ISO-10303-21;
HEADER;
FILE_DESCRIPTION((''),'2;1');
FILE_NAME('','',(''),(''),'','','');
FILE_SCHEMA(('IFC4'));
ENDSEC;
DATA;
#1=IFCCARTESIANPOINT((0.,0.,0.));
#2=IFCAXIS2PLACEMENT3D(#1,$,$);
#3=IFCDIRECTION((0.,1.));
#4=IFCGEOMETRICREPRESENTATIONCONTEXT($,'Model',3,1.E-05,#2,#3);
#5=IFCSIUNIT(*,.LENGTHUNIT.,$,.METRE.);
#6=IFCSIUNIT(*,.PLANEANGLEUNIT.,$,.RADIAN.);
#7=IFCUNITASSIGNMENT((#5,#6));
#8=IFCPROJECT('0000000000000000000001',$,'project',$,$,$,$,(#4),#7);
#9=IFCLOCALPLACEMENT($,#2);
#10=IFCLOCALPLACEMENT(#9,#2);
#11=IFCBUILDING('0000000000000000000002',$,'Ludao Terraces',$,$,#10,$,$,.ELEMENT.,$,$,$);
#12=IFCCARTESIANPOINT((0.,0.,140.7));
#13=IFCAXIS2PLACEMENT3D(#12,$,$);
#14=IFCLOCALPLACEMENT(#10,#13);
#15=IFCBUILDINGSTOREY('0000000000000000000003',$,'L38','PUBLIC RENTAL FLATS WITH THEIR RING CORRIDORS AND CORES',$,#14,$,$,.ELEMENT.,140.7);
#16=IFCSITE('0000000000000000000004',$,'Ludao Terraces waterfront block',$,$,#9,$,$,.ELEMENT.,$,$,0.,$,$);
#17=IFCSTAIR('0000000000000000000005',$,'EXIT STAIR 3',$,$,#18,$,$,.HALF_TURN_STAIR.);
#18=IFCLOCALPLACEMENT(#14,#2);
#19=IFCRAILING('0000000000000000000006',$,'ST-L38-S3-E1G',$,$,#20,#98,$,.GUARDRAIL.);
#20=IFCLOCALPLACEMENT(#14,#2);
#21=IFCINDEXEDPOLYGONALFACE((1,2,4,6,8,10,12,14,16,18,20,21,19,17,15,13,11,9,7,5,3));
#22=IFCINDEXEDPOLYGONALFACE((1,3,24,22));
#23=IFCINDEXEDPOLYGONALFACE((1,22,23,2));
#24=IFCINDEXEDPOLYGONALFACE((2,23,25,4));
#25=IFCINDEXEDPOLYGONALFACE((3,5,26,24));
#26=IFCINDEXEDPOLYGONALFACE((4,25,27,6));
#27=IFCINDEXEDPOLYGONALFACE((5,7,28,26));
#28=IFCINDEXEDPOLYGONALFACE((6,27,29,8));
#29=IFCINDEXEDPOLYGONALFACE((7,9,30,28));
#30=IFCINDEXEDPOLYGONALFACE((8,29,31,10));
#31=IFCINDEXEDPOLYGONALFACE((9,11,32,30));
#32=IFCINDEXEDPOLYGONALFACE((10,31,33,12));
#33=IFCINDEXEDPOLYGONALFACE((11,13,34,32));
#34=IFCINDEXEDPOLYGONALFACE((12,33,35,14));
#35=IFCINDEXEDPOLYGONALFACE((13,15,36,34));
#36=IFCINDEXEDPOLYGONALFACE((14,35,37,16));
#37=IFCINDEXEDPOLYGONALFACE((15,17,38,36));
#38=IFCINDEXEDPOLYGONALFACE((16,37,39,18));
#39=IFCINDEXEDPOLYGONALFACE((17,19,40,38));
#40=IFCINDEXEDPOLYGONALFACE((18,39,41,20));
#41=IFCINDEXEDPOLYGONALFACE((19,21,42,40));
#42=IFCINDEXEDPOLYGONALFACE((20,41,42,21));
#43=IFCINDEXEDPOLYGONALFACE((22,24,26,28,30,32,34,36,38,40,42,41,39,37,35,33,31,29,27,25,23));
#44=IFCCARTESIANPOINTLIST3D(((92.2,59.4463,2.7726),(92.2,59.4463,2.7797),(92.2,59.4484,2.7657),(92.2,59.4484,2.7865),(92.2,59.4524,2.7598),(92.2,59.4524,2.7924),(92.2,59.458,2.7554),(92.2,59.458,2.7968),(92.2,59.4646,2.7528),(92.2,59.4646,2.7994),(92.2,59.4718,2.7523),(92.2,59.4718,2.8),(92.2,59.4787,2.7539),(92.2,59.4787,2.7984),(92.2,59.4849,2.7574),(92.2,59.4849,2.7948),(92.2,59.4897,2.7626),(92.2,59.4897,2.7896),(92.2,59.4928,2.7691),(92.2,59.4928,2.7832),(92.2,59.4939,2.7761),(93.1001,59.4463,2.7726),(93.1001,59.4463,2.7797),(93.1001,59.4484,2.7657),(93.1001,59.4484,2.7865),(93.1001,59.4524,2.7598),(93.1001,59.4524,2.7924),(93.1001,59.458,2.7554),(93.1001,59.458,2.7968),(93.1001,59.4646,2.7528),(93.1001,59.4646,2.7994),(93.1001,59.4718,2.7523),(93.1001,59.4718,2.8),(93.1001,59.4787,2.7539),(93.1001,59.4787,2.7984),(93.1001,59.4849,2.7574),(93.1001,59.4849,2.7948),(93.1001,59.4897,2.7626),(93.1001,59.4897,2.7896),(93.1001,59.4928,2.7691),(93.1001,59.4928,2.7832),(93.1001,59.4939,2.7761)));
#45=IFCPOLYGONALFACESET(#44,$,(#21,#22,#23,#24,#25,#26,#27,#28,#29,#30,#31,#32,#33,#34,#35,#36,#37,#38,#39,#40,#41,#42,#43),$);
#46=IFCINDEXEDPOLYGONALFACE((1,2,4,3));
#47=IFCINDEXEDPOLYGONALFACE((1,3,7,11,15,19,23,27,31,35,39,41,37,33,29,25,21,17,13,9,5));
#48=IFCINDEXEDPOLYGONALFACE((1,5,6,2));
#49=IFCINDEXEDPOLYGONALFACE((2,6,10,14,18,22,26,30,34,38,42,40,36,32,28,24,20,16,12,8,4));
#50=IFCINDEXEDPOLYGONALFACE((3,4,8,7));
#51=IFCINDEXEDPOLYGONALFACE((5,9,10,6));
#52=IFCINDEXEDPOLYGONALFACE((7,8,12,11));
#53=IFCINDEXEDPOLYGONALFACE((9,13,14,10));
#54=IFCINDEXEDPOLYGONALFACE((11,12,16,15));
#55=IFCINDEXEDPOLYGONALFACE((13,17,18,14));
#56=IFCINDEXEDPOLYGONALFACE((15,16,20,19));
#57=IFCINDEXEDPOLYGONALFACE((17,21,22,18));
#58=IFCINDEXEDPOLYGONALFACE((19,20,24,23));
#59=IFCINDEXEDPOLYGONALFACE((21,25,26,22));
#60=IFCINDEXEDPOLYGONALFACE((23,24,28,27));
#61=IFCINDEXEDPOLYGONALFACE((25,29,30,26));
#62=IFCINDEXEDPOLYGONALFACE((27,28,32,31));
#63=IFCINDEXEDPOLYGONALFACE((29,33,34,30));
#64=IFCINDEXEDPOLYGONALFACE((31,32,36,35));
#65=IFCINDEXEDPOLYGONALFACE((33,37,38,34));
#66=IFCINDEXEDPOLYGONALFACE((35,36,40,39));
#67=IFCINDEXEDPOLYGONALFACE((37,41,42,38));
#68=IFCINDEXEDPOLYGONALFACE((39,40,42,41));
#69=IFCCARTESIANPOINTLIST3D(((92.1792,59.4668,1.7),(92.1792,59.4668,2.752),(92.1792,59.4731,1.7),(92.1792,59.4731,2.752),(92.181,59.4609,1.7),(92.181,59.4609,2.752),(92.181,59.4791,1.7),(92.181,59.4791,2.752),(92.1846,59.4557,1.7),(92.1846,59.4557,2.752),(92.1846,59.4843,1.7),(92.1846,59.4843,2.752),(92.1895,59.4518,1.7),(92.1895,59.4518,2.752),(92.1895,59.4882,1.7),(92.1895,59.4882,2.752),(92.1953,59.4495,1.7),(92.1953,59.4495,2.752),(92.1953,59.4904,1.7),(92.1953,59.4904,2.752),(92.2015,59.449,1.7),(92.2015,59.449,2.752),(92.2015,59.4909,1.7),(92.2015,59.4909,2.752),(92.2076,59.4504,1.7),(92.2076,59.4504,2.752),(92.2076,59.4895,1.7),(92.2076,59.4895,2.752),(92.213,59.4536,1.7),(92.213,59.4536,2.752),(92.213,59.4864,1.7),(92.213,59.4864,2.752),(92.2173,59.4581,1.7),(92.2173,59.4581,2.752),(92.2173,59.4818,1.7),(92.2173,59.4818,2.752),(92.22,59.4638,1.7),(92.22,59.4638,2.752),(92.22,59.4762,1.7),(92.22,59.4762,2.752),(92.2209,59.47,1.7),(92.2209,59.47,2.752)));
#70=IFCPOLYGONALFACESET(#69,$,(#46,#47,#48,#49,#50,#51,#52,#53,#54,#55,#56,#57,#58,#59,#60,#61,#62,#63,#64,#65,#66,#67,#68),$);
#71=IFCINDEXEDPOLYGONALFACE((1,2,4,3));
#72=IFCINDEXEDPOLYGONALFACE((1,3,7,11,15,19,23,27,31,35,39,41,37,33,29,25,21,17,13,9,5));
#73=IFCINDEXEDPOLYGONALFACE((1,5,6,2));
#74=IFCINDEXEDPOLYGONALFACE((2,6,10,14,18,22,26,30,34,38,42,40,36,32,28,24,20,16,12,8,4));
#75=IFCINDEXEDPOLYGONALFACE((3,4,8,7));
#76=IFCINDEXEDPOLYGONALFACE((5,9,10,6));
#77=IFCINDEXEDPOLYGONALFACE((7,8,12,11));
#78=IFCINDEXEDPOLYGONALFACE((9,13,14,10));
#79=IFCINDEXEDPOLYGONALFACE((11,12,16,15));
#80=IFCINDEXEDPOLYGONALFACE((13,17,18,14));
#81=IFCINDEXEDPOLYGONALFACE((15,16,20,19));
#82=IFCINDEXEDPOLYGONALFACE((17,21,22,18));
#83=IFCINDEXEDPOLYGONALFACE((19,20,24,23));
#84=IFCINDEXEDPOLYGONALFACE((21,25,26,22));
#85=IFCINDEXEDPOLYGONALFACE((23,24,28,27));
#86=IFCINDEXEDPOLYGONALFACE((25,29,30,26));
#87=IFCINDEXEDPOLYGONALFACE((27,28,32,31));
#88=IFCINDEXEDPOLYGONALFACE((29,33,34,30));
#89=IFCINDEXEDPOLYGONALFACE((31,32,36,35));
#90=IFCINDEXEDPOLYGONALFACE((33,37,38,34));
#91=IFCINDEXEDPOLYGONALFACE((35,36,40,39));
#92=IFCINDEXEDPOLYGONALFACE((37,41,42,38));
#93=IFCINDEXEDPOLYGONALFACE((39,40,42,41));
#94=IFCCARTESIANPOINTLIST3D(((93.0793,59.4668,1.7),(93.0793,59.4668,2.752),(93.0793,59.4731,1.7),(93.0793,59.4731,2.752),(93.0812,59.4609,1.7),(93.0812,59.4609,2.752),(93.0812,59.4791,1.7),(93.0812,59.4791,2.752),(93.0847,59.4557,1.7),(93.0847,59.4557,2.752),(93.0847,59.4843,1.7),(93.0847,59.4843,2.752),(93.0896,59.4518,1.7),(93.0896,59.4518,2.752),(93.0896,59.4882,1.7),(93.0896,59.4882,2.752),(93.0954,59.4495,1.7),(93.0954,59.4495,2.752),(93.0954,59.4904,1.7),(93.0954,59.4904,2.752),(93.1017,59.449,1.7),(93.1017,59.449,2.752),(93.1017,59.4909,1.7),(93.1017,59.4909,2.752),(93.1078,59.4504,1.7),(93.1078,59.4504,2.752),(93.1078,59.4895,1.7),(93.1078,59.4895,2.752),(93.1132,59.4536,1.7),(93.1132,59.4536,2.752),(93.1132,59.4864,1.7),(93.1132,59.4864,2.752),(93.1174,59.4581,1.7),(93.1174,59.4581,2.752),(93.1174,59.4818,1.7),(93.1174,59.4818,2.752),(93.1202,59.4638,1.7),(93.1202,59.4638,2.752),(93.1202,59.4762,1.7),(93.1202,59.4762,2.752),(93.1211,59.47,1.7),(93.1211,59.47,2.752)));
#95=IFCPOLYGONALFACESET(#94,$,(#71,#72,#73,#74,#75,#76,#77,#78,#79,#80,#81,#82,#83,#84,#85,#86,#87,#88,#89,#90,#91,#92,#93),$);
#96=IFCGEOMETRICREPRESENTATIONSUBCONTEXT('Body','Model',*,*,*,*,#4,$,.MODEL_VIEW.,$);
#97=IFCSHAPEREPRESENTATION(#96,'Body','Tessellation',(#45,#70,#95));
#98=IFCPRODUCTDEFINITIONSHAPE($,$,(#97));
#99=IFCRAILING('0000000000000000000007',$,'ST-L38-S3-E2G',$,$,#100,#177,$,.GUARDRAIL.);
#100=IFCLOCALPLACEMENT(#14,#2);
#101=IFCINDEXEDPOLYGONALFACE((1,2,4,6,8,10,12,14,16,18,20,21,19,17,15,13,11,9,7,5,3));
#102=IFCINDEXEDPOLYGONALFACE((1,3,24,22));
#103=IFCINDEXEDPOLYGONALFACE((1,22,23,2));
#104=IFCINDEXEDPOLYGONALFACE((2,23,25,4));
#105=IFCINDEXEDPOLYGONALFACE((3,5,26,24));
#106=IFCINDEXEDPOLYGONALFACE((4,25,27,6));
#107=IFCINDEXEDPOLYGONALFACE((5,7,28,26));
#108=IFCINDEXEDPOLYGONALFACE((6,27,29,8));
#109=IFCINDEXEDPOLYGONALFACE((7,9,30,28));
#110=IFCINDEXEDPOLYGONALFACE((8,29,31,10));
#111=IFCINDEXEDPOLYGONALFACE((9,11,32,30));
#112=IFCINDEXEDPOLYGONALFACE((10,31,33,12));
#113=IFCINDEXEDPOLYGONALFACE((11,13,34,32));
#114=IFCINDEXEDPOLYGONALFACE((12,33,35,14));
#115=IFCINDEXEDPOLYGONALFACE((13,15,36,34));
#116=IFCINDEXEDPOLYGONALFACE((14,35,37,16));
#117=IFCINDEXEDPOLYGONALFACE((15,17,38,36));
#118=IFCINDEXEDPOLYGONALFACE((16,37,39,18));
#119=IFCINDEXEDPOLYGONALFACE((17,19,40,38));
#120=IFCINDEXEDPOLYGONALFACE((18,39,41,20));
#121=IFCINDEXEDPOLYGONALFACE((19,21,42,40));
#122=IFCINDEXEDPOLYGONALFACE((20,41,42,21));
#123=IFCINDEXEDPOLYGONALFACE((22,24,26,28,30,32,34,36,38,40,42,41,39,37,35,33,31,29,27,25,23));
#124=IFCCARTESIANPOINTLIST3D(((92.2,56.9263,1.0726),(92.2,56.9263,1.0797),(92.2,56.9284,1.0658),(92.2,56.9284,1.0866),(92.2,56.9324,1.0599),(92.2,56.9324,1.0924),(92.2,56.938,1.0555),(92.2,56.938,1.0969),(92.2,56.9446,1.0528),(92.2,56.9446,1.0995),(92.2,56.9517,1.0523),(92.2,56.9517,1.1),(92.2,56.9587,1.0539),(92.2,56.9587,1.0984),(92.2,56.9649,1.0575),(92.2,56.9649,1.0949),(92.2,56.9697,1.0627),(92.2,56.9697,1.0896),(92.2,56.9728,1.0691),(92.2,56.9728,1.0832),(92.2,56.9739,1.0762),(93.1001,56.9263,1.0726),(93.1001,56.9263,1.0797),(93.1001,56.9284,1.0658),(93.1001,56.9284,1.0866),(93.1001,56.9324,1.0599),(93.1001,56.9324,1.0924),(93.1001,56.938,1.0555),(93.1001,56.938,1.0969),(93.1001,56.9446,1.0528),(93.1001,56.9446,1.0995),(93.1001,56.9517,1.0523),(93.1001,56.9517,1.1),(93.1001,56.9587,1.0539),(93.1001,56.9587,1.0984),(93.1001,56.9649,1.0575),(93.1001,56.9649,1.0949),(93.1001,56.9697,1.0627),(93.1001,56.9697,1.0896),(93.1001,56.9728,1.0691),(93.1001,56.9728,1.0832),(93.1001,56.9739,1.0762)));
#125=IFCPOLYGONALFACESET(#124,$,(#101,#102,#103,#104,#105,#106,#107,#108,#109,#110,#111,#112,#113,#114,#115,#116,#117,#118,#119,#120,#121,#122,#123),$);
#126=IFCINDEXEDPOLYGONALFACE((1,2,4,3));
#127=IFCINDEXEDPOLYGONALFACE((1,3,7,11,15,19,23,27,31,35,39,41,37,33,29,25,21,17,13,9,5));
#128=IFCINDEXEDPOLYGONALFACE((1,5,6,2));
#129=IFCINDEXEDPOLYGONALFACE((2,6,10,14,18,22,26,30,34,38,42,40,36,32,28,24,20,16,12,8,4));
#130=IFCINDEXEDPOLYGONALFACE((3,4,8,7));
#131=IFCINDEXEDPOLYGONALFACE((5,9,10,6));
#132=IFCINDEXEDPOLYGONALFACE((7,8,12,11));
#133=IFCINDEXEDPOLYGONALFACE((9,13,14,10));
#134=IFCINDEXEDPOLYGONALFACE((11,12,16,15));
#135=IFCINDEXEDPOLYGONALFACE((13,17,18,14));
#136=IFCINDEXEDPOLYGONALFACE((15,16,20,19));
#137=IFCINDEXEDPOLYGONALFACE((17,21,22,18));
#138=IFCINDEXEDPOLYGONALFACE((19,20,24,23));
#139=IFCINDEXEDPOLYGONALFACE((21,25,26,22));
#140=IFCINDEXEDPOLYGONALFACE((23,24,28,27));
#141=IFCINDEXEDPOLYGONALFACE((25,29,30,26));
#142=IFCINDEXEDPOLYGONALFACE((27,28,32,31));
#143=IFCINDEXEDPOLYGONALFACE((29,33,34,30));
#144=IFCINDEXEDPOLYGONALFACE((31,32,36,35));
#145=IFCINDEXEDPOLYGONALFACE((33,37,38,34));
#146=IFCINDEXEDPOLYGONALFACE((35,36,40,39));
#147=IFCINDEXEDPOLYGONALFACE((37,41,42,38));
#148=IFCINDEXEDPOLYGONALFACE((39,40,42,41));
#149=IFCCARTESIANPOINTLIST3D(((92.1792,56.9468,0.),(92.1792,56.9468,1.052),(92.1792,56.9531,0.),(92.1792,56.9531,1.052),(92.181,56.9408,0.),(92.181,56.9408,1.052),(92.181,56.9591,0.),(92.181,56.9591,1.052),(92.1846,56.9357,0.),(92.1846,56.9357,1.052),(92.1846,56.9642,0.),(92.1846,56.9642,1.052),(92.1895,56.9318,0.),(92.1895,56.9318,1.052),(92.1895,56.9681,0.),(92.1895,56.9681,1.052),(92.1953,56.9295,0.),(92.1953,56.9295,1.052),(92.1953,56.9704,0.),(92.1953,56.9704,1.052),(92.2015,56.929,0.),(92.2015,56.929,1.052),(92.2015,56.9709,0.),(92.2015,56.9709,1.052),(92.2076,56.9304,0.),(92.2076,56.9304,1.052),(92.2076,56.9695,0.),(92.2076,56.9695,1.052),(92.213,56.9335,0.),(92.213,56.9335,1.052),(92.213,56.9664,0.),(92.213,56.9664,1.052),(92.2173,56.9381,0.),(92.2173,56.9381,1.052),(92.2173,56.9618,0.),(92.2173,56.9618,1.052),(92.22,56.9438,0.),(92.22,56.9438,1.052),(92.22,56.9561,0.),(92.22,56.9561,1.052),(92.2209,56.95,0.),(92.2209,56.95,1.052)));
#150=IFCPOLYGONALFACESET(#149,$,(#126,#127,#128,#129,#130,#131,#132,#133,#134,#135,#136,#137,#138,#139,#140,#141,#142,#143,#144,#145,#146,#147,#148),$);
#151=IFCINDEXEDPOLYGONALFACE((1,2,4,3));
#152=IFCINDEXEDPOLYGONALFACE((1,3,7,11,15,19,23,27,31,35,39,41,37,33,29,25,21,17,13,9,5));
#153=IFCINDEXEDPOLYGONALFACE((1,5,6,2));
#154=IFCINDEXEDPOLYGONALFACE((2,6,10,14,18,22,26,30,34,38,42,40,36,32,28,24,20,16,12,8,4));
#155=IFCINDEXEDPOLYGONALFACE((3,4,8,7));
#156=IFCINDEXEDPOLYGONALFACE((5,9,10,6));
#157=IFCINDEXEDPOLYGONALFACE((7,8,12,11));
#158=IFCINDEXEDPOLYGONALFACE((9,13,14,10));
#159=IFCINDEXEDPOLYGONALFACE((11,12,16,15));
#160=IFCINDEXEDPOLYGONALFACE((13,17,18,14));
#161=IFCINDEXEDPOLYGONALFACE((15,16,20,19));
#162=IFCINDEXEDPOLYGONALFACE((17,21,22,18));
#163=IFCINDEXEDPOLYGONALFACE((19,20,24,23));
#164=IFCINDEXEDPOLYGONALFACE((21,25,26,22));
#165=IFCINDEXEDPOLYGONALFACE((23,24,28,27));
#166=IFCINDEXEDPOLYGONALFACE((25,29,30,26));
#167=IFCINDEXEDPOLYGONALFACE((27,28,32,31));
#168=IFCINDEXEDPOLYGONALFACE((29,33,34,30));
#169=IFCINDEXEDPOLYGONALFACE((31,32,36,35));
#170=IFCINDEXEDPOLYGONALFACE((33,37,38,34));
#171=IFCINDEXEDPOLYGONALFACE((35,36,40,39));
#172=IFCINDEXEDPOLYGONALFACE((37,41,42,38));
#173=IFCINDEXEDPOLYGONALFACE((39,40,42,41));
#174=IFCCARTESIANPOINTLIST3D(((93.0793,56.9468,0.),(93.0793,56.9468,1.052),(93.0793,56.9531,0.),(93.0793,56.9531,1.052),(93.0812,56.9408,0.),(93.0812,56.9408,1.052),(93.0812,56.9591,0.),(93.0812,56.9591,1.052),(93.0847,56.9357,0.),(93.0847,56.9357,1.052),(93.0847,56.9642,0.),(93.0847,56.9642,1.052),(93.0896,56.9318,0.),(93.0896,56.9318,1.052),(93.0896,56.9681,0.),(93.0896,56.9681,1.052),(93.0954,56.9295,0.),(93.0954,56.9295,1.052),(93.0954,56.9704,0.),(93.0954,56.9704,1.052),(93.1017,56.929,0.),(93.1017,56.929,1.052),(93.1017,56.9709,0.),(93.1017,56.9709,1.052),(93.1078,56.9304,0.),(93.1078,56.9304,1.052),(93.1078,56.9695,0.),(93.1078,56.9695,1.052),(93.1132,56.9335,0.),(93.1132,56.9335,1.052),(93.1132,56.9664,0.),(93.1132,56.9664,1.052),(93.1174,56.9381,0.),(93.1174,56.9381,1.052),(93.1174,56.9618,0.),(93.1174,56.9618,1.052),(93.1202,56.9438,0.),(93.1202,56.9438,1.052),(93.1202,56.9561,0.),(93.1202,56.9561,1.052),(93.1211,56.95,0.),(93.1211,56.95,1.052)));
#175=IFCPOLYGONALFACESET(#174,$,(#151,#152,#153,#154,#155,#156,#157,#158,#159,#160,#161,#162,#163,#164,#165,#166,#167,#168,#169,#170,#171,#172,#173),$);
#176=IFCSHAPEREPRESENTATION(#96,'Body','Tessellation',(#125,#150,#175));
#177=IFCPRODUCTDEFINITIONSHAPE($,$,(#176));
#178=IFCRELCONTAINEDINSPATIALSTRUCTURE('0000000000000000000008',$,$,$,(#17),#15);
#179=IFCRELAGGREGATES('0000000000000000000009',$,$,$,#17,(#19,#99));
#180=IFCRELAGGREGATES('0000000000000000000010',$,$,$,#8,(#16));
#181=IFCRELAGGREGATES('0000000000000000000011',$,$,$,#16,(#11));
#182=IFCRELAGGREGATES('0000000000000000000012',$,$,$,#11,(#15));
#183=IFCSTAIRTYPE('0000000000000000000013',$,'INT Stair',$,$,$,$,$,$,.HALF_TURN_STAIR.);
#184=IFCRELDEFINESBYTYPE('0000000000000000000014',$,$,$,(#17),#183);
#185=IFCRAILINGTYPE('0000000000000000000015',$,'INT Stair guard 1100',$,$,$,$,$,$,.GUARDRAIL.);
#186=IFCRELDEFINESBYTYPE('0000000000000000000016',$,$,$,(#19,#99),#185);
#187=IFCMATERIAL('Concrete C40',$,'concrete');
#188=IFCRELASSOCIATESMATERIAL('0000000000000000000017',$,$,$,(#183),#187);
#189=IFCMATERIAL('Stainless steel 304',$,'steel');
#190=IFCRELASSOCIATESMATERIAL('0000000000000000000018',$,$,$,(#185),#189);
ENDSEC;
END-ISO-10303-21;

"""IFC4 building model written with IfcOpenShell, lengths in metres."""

from ifc_helpers import new_model, si_unit, direction, frame, origin, origin_2d, place, context, subcontext, project, spatial, circle, extrude, material, type_object, element, aggregate, save


model = new_model("IFC4")

# Units and contexts
model_context = context("Model", 3, precision=1e-05, world=origin(), true_north=direction((0.0, 1.0)))
body_context = subcontext(model_context, "Body", "Model", "MODEL_VIEW")
ifc_project = project(units=[si_unit("LENGTHUNIT", "METRE"), si_unit("PLANEANGLEUNIT", "RADIAN")], contexts=[model_context])

# Site, building, storey
site_placement = place(None, origin())
site = spatial("IfcSite", under=ifc_project, at=site_placement, Name="Ludao Terraces waterfront block", CompositionType="ELEMENT", RefElevation=0.0)
building_placement = place(site_placement, origin())
building = spatial("IfcBuilding", under=site, at=building_placement, Name="Ludao Terraces", CompositionType="ELEMENT")
storey_placement = place(building_placement, frame((0.0, 0.0, 140.7)))
storey = spatial("IfcBuildingStorey", under=building, at=storey_placement, Name="L38", Description="PUBLIC RENTAL FLATS WITH THEIR RING CORRIDORS AND CORES", CompositionType="ELEMENT", Elevation=140.7)

# Shared definitions
ifc_material_1 = material(Name="Concrete C40", Category="concrete")

# Stair, railings
stair_type = type_object("IfcStairType", Name="INT Stair", PredefinedType="HALF_TURN_STAIR", material=ifc_material_1)
stair_placement = place(storey_placement, origin())
stair = element("IfcStair", 1, at=stair_placement, inside=storey, type_object=stair_type, Name="EXIT STAIR 3", PredefinedType="HALF_TURN_STAIR")
ifc_material_2 = material(Name="Stainless steel 304", Category="steel")
railing_type_1 = type_object("IfcRailingType", Name="INT Stair guard 1100", PredefinedType="GUARDRAIL", material=ifc_material_2)
railing_1_placement = place(storey_placement, frame((92.2, 59.47, 1.7)))
railing_1 = element("IfcRailing", 2, at=railing_1_placement, type_object=railing_type_1, Name="ST-L38-S3-E1G", PredefinedType="GUARDRAIL", context=body_context, shape_type="SweptSolid", body=[
    extrude(circle(Radius=0.0239, at=origin_2d()), frame((0.0, 0.0, 1.0762), z_axis=(1.0, 0.0, 0.0), x_axis=(0.0, 1.0, 0.0)), (0.0, 0.0, 1.0), 0.9001),
    extrude(circle(Radius=0.021, at=origin_2d()), origin(), (0.0, 0.0, 1.0), 1.052),
    extrude(circle(Radius=0.021, at=origin_2d()), frame((0.9001, 0.0, 0.0)), (0.0, 0.0, 1.0), 1.052),
])
railing_2_placement = place(storey_placement, frame((92.2, 56.95, 0.0)))
railing_2 = element("IfcRailing", 3, at=railing_2_placement, type_object=railing_type_1, Name="ST-L38-S3-E2G", PredefinedType="GUARDRAIL", context=body_context, shape_type="SweptSolid", body=[
    extrude(circle(Radius=0.0239, at=origin_2d()), frame((0.0, 0.0, 1.0762), z_axis=(1.0, 0.0, 0.0), x_axis=(0.0, 1.0, 0.0)), (0.0, 0.0, 1.0), 0.9001),
    extrude(circle(Radius=0.021, at=origin_2d()), origin(), (0.0, 0.0, 1.0), 1.052),
    extrude(circle(Radius=0.021, at=origin_2d()), frame((0.9001, 0.0, 0.0)), (0.0, 0.0, 1.0), 1.052),
])
aggregate(stair, [railing_1, railing_2])

save(model, "model.ifc")
